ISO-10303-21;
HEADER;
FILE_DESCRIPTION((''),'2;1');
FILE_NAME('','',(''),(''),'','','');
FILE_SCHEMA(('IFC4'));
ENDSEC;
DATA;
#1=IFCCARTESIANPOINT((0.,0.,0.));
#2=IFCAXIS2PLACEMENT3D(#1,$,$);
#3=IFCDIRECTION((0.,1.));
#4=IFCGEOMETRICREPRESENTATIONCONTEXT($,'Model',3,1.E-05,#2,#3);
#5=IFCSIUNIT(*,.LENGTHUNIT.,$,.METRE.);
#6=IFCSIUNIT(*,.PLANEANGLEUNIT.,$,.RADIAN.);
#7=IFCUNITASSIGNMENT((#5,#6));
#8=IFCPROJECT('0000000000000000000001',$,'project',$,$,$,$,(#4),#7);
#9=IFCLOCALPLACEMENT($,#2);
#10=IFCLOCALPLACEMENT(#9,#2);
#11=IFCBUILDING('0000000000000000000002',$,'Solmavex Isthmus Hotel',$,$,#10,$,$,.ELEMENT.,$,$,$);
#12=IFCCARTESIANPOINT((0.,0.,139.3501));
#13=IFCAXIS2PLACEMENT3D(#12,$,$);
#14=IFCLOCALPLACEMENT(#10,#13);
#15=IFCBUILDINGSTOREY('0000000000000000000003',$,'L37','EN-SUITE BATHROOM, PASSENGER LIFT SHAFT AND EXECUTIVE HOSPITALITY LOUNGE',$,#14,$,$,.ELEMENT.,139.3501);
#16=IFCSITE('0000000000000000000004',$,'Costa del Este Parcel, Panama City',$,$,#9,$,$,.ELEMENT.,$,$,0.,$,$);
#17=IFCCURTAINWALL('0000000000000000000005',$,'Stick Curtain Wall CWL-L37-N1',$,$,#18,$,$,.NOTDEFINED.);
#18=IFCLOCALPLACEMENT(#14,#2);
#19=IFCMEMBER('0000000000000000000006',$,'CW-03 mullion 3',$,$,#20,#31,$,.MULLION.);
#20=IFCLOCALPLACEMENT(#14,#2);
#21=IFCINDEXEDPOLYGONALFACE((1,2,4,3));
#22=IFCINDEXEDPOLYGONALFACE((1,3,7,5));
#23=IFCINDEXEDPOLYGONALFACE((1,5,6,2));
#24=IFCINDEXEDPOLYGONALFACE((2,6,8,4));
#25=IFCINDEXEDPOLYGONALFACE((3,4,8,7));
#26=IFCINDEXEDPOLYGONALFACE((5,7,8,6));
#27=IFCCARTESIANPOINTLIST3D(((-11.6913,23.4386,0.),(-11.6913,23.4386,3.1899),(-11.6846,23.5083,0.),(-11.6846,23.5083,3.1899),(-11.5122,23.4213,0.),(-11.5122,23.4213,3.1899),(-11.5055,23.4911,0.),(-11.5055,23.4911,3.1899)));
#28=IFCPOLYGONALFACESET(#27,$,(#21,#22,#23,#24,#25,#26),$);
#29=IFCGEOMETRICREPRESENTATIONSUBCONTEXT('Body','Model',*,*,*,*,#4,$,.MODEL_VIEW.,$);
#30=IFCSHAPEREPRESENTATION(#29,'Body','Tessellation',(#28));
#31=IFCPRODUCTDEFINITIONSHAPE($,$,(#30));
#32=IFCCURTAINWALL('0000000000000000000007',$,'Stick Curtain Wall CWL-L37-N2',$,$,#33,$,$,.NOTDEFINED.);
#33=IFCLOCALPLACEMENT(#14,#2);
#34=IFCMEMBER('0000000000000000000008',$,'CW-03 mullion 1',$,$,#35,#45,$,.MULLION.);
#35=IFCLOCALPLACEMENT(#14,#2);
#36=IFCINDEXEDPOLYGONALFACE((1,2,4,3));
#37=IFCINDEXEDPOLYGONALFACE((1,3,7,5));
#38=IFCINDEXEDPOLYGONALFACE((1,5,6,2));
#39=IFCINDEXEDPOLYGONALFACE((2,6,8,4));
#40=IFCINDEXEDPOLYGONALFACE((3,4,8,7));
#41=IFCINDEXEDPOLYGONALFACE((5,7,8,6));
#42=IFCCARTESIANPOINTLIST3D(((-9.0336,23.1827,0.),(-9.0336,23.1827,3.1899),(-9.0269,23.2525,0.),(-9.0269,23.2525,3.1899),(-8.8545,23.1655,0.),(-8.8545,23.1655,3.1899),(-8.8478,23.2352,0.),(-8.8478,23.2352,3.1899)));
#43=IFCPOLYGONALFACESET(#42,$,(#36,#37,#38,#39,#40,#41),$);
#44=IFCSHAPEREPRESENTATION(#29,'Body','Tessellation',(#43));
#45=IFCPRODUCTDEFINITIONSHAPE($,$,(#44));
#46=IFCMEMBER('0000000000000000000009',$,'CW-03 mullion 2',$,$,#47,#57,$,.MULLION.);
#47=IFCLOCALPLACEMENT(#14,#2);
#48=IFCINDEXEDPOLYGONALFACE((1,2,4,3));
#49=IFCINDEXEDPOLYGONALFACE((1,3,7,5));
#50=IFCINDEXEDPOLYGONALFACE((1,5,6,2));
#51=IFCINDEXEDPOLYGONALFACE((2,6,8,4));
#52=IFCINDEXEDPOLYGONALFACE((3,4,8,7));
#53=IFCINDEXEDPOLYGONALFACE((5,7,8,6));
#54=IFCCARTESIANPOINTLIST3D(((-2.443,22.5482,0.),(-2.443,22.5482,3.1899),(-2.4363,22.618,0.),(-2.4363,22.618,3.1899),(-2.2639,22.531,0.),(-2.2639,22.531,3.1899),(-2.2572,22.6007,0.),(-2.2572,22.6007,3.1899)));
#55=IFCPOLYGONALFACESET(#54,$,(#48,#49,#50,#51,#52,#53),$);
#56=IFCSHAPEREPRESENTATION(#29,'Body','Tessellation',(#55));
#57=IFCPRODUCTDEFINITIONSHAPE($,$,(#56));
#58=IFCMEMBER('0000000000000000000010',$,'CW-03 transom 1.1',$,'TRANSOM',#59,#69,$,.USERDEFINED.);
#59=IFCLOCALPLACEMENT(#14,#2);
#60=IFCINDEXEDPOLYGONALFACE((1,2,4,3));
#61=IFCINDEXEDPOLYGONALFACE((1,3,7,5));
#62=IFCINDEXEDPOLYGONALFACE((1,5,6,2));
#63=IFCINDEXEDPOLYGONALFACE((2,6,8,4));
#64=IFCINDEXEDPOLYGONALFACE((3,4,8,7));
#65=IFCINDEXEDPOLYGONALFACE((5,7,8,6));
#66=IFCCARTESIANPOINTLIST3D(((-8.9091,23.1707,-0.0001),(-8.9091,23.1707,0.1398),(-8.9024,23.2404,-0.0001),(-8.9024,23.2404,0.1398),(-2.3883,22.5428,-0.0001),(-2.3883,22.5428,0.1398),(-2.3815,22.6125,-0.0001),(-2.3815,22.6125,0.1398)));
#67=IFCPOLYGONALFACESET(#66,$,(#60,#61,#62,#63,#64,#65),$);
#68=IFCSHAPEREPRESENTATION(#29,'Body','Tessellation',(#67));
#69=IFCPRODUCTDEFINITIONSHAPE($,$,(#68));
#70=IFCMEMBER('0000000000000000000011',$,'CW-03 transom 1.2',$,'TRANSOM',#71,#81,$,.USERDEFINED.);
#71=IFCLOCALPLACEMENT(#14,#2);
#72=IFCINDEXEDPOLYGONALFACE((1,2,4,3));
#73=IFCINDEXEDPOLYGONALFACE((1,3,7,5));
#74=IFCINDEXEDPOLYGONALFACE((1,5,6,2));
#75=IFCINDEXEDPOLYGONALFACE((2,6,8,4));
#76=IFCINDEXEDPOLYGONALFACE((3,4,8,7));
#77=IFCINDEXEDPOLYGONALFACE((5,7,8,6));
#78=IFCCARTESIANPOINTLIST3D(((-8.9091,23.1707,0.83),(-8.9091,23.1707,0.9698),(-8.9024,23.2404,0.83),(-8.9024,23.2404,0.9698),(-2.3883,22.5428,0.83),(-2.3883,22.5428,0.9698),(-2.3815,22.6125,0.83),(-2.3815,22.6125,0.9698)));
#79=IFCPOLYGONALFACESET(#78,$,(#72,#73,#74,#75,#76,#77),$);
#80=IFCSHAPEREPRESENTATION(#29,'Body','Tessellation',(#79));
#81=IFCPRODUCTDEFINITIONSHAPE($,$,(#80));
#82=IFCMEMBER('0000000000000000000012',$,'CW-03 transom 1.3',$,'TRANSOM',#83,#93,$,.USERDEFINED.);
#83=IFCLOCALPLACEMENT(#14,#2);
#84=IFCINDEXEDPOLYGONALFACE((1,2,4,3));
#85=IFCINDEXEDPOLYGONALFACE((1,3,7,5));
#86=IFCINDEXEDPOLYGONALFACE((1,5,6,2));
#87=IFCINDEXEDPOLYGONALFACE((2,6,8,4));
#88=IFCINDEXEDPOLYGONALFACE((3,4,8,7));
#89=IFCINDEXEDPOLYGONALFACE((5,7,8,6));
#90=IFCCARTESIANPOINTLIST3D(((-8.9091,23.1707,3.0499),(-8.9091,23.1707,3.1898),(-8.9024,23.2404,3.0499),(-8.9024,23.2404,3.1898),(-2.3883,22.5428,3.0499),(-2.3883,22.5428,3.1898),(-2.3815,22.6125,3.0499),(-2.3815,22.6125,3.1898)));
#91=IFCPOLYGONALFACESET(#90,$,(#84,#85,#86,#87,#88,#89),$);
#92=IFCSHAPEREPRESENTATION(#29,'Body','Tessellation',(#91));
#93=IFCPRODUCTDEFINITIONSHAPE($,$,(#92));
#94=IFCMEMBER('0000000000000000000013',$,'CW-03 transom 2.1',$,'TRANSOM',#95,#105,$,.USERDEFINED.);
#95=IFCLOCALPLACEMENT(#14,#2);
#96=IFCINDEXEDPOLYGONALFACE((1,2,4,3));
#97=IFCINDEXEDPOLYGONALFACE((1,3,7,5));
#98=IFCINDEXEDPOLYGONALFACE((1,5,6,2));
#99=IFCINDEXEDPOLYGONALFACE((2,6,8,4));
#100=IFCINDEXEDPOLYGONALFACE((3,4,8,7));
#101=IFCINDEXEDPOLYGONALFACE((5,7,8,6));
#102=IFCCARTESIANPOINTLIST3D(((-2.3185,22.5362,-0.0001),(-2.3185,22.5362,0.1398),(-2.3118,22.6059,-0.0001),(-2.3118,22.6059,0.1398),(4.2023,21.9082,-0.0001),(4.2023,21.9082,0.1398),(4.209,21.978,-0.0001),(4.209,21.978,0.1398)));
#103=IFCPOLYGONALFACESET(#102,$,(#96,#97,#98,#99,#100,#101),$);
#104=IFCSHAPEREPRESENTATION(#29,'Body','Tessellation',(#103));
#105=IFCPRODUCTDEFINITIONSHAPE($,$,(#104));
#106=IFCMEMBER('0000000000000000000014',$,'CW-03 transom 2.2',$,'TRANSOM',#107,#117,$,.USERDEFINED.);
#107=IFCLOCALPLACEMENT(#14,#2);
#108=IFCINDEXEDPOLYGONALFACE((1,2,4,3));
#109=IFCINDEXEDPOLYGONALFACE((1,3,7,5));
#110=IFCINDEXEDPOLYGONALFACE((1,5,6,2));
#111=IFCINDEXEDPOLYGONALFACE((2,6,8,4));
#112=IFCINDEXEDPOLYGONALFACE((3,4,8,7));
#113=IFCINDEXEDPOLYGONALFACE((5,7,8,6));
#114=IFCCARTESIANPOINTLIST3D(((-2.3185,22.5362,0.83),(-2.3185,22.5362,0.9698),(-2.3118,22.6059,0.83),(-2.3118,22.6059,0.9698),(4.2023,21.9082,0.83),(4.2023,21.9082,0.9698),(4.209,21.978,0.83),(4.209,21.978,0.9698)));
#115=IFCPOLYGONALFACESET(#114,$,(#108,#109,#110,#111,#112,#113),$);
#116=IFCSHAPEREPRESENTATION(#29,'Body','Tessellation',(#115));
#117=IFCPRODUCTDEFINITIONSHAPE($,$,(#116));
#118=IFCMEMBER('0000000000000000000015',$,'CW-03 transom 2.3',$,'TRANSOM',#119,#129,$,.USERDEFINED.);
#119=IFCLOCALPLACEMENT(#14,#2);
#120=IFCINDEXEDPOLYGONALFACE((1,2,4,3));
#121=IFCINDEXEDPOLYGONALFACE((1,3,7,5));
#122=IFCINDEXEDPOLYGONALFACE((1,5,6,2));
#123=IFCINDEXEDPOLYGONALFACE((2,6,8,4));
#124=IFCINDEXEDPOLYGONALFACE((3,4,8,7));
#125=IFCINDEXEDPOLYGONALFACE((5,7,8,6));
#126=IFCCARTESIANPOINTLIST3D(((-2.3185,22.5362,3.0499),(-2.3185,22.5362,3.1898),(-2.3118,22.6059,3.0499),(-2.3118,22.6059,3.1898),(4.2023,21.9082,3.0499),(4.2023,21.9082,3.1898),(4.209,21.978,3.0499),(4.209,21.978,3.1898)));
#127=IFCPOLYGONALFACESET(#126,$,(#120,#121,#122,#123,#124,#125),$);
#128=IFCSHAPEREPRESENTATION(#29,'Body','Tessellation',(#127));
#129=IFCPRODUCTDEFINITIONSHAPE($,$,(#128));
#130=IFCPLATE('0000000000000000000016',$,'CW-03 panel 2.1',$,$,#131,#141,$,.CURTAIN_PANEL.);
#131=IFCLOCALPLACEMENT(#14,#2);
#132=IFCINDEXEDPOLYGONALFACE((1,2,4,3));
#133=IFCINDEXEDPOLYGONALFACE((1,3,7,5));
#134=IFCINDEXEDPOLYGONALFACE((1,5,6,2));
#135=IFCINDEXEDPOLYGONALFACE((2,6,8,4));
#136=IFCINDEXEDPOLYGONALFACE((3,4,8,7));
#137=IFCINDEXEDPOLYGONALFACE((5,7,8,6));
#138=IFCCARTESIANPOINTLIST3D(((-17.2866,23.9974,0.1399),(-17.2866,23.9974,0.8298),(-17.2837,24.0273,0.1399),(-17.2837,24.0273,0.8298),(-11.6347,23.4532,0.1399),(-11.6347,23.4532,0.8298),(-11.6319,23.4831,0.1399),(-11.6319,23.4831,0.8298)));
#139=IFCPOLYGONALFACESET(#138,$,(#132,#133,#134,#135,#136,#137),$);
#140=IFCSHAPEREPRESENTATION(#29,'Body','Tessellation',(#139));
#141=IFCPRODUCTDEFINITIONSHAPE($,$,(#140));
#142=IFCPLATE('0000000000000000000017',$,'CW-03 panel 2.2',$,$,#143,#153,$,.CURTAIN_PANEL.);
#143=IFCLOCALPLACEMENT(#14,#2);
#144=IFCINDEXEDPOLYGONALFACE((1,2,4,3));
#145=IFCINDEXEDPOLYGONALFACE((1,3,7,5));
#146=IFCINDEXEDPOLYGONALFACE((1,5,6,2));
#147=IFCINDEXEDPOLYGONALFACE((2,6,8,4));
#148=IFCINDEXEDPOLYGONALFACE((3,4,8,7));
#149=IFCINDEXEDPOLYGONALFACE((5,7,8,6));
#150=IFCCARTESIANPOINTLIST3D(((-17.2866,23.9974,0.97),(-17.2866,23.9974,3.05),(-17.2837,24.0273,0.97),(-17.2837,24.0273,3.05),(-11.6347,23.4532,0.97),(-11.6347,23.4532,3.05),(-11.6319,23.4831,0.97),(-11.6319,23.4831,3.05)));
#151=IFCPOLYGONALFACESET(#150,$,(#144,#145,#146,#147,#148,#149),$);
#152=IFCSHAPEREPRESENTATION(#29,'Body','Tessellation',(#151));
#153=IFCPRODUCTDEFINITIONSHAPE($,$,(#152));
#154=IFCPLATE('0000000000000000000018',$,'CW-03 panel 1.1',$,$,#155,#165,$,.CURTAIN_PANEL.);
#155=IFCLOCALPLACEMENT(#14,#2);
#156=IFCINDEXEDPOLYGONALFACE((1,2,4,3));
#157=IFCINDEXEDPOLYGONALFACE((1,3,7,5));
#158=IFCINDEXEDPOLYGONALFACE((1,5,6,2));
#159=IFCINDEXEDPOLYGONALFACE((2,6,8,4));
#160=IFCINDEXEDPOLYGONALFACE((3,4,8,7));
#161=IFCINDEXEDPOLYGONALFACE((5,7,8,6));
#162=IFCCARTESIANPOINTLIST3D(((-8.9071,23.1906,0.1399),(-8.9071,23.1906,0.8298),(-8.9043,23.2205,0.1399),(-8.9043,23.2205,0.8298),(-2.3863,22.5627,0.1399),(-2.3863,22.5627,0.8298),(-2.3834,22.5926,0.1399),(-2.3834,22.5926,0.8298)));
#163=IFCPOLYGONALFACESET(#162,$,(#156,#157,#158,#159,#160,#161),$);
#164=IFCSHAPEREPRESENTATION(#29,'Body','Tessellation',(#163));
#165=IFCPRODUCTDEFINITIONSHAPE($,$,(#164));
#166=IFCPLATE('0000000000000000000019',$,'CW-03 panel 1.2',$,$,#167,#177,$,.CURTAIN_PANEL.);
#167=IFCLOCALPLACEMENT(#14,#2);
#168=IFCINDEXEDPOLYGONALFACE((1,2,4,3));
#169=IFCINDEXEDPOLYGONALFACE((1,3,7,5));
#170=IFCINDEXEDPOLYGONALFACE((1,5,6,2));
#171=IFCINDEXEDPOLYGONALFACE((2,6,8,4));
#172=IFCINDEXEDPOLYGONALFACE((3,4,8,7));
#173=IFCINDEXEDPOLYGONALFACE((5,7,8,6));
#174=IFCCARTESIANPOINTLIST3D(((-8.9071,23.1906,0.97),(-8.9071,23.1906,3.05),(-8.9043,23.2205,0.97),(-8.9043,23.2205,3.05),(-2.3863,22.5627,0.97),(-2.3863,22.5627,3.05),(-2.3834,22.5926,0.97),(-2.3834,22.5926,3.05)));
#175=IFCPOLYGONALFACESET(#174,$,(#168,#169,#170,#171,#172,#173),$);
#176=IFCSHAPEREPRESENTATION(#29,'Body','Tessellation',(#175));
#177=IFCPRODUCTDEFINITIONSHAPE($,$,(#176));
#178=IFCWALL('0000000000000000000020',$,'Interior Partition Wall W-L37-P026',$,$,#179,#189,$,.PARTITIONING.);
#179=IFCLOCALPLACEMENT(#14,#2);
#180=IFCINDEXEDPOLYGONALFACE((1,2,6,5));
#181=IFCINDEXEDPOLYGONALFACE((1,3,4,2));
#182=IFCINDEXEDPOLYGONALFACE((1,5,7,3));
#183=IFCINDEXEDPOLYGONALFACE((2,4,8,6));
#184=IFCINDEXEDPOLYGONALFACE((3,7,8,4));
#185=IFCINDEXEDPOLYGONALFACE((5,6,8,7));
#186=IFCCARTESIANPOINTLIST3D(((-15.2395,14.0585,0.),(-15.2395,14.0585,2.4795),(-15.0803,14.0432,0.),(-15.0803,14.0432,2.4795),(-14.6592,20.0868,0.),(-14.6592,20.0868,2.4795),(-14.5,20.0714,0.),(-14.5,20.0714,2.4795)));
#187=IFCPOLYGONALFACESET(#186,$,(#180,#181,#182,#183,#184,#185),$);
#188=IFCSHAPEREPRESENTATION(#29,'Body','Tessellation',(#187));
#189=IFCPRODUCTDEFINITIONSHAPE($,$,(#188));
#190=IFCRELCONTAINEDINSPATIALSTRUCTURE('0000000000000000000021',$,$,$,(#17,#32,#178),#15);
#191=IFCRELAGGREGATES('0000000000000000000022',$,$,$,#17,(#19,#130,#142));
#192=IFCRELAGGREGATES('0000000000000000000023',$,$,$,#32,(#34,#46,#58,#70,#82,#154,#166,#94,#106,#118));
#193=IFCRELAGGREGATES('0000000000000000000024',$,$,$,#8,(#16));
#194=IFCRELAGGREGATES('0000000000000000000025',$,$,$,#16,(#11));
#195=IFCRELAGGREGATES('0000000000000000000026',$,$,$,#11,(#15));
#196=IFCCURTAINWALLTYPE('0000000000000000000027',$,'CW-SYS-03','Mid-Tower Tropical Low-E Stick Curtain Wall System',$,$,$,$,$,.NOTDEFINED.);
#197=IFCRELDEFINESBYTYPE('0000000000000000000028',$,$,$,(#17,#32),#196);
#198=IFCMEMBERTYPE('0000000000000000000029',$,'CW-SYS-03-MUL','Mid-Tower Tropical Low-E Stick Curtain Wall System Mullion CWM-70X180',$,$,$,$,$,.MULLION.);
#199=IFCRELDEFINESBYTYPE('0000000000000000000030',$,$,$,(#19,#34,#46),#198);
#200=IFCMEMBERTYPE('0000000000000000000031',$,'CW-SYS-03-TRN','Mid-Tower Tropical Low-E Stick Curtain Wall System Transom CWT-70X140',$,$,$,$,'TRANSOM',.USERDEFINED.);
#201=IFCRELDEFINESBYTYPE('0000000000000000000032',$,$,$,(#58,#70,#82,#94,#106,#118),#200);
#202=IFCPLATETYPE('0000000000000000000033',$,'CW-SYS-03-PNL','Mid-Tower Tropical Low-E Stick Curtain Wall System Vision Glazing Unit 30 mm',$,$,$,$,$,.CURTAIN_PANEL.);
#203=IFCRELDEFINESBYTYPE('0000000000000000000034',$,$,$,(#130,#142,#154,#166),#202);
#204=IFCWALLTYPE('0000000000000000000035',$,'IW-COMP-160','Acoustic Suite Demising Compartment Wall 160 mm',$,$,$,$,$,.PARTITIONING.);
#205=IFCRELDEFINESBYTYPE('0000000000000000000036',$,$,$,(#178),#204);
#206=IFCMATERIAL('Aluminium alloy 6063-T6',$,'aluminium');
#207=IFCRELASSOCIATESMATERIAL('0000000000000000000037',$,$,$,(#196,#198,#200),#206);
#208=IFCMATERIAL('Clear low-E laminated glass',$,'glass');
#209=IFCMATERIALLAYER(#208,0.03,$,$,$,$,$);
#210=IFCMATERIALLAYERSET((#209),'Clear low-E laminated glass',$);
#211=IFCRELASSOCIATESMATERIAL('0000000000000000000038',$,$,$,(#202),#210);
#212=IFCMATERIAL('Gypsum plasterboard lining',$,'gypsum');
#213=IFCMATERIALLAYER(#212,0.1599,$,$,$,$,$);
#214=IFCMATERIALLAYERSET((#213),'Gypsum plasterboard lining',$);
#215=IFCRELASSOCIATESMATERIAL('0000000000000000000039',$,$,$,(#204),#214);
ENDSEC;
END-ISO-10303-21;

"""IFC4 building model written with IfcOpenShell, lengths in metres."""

from ifc_helpers import new_model, si_unit, direction, frame, frame_2d, origin, origin_2d, place, context, subcontext, project, spatial, rectangle, extrude, material, layer, layer_set, material_profile, profile_set, type_object, element, aggregate, save


model = new_model("IFC4")

# Units and contexts
model_context = context("Model", 3, precision=1e-05, world=origin(), true_north=direction((0.0, 1.0)))
body_context = subcontext(model_context, "Body", "Model", "MODEL_VIEW")
ifc_project = project(units=[si_unit("LENGTHUNIT", "METRE"), si_unit("PLANEANGLEUNIT", "RADIAN")], contexts=[model_context])

# Site, building, storey
site_placement = place(None, origin())
site = spatial("IfcSite", under=ifc_project, at=site_placement, Name="Costa del Este Parcel, Panama City", CompositionType="ELEMENT", RefElevation=0.0)
building_placement = place(site_placement, origin())
building = spatial("IfcBuilding", under=site, at=building_placement, Name="Solmavex Isthmus Hotel", CompositionType="ELEMENT")
storey_placement = place(building_placement, frame((0.0, 0.0, 139.3501)))
storey = spatial("IfcBuildingStorey", under=building, at=storey_placement, Name="L37", Description="EN-SUITE BATHROOM, PASSENGER LIFT SHAFT AND EXECUTIVE HOSPITALITY LOUNGE", CompositionType="ELEMENT", Elevation=139.3501)

# Curtain wall, member
ifc_material_1 = material(Name="Aluminium alloy 6063-T6", Category="aluminium")
curtain_wall_type = type_object("IfcCurtainWallType", Name="CW-SYS-03", Description="Mid-Tower Tropical Low-E Stick Curtain Wall System", PredefinedType="NOTDEFINED", material=ifc_material_1)
curtain_wall_1_placement = place(storey_placement, origin())
curtain_wall_1 = element("IfcCurtainWall", 1, at=curtain_wall_1_placement, inside=storey, type_object=curtain_wall_type, Name="Stick Curtain Wall CWL-L37-N1", PredefinedType="NOTDEFINED")
ifc_material_profile_1 = material_profile(ifc_material_1, rectangle(XDim=0.0701, YDim=0.1799, at=origin_2d()), Name="CWM-70X180")
ifc_profile_set_1 = profile_set([ifc_material_profile_1], Name="Aluminium alloy 6063-T6")
member_type_1 = type_object("IfcMemberType", Name="CW-SYS-03-MUL", Description="Mid-Tower Tropical Low-E Stick Curtain Wall System Mullion CWM-70X180", PredefinedType="MULLION", material=ifc_profile_set_1)
member_1_placement = place(storey_placement, frame((-11.5984, 23.4648, 0.0), z_axis=(0.0, 0.0, 1.0), x_axis=(0.095846, 0.995396, 0.0)))
member_1 = element("IfcMember", 2, at=member_1_placement, type_object=member_type_1, Name="CW-03 mullion 3", PredefinedType="MULLION", context=body_context, shape_type="SweptSolid", body=[
    extrude(rectangle(XDim=0.0701, YDim=0.1799, at=origin_2d()), origin(), (0.0, 0.0, 1.0), 3.1899),
])

# Curtain wall, members
curtain_wall_2_placement = place(storey_placement, origin())
curtain_wall_2 = element("IfcCurtainWall", 3, at=curtain_wall_2_placement, inside=storey, type_object=curtain_wall_type, Name="Stick Curtain Wall CWL-L37-N2", PredefinedType="NOTDEFINED")
member_2_placement = place(storey_placement, frame((-8.9407, 23.209, 0.0), z_axis=(0.0, 0.0, 1.0), x_axis=(0.095845, 0.995396, 0.0)))
member_2 = element("IfcMember", 4, at=member_2_placement, type_object=member_type_1, Name="CW-03 mullion 1", PredefinedType="MULLION", context=body_context, shape_type="SweptSolid", body=[
    extrude(rectangle(XDim=0.0701, YDim=0.1799, at=origin_2d()), origin(), (0.0, 0.0, 1.0), 3.1899),
])
member_3_placement = place(storey_placement, frame((-2.3501, 22.5745, 0.0), z_axis=(0.0, 0.0, 1.0), x_axis=(0.095845, 0.995396, 0.0)))
member_3 = element("IfcMember", 5, at=member_3_placement, type_object=member_type_1, Name="CW-03 mullion 2", PredefinedType="MULLION", context=body_context, shape_type="SweptSolid", body=[
    extrude(rectangle(XDim=0.0701, YDim=0.1799, at=origin_2d()), origin(), (0.0, 0.0, 1.0), 3.1899),
])
ifc_material_profile_2 = material_profile(ifc_material_1, rectangle(XDim=0.0701, YDim=0.1399, at=origin_2d()), Name="CWT-70X140")
ifc_profile_set_2 = profile_set([ifc_material_profile_2], Name="Aluminium alloy 6063-T6")
member_type_2 = type_object("IfcMemberType", Name="CW-SYS-03-TRN", Description="Mid-Tower Tropical Low-E Stick Curtain Wall System Transom CWT-70X140", ElementType="TRANSOM", PredefinedType="USERDEFINED", material=ifc_profile_set_2)
member_4_placement = place(storey_placement, frame((-8.9058, 23.2056, 0.0698), z_axis=(0.995395, -0.095854, 0.0), x_axis=(0.095854, 0.995395, 0.0)))
member_4 = element("IfcMember", 6, at=member_4_placement, type_object=member_type_2, Name="CW-03 transom 1.1", ObjectType="TRANSOM", PredefinedType="USERDEFINED", context=body_context, shape_type="SweptSolid", body=[
    extrude(rectangle(XDim=0.0701, YDim=0.1399, at=origin_2d()), origin(), (0.0, 0.0, 1.0), 6.551),
])
member_5_placement = place(storey_placement, frame((-8.9058, 23.2056, 0.8999), z_axis=(0.995395, -0.095854, 0.0), x_axis=(0.095854, 0.995395, 0.0)))
member_5 = element("IfcMember", 7, at=member_5_placement, type_object=member_type_2, Name="CW-03 transom 1.2", ObjectType="TRANSOM", PredefinedType="USERDEFINED", context=body_context, shape_type="SweptSolid", body=[
    extrude(rectangle(XDim=0.0701, YDim=0.1399, at=origin_2d()), origin(), (0.0, 0.0, 1.0), 6.551),
])
member_6_placement = place(storey_placement, frame((-8.9058, 23.2056, 3.1199), z_axis=(0.995395, -0.095854, 0.0), x_axis=(0.095854, 0.995395, 0.0)))
member_6 = element("IfcMember", 8, at=member_6_placement, type_object=member_type_2, Name="CW-03 transom 1.3", ObjectType="TRANSOM", PredefinedType="USERDEFINED", context=body_context, shape_type="SweptSolid", body=[
    extrude(rectangle(XDim=0.0701, YDim=0.1399, at=origin_2d()), origin(), (0.0, 0.0, 1.0), 6.551),
])
member_7_placement = place(storey_placement, frame((-2.3152, 22.571, 0.0698), z_axis=(0.995395, -0.095854, 0.0), x_axis=(0.095854, 0.995395, 0.0)))
member_7 = element("IfcMember", 9, at=member_7_placement, type_object=member_type_2, Name="CW-03 transom 2.1", ObjectType="TRANSOM", PredefinedType="USERDEFINED", context=body_context, shape_type="SweptSolid", body=[
    extrude(rectangle(XDim=0.0701, YDim=0.1399, at=origin_2d()), origin(), (0.0, 0.0, 1.0), 6.551),
])
member_8_placement = place(storey_placement, frame((-2.3152, 22.571, 0.8999), z_axis=(0.995395, -0.095854, 0.0), x_axis=(0.095854, 0.995395, 0.0)))
member_8 = element("IfcMember", 10, at=member_8_placement, type_object=member_type_2, Name="CW-03 transom 2.2", ObjectType="TRANSOM", PredefinedType="USERDEFINED", context=body_context, shape_type="SweptSolid", body=[
    extrude(rectangle(XDim=0.0701, YDim=0.1399, at=origin_2d()), origin(), (0.0, 0.0, 1.0), 6.551),
])
member_9_placement = place(storey_placement, frame((-2.3152, 22.571, 3.1199), z_axis=(0.995395, -0.095854, 0.0), x_axis=(0.095854, 0.995395, 0.0)))
member_9 = element("IfcMember", 11, at=member_9_placement, type_object=member_type_2, Name="CW-03 transom 2.3", ObjectType="TRANSOM", PredefinedType="USERDEFINED", context=body_context, shape_type="SweptSolid", body=[
    extrude(rectangle(XDim=0.0701, YDim=0.1399, at=origin_2d()), origin(), (0.0, 0.0, 1.0), 6.551),
])

# Plates
ifc_material_2 = material(Name="Clear low-E laminated glass", Category="glass")
ifc_layer_1 = layer(ifc_material_2, 0.03)
ifc_layer_set_1 = layer_set([ifc_layer_1], Name="Clear low-E laminated glass")
plate_type = type_object("IfcPlateType", Name="CW-SYS-03-PNL", Description="Mid-Tower Tropical Low-E Stick Curtain Wall System Vision Glazing Unit 30 mm", PredefinedType="CURTAIN_PANEL", material=ifc_layer_set_1)
plate_1_placement = place(storey_placement, frame((-14.4592, 23.7402, 0.1399), z_axis=(0.0, 0.0, 1.0), x_axis=(0.995396, -0.095846, 0.0)))
plate_1 = element("IfcPlate", 12, at=plate_1_placement, type_object=plate_type, Name="CW-03 panel 2.1", PredefinedType="CURTAIN_PANEL", context=body_context, shape_type="SweptSolid", body=[
    extrude(rectangle(XDim=5.678, YDim=0.03, at=origin_2d()), origin(), (0.0, 0.0, 1.0), 0.6899),
])
plate_2_placement = place(storey_placement, frame((-14.4592, 23.7402, 0.97), z_axis=(0.0, 0.0, 1.0), x_axis=(0.995396, -0.095846, 0.0)))
plate_2 = element("IfcPlate", 13, at=plate_2_placement, type_object=plate_type, Name="CW-03 panel 2.2", PredefinedType="CURTAIN_PANEL", context=body_context, shape_type="SweptSolid", body=[
    extrude(rectangle(XDim=5.678, YDim=0.03, at=origin_2d()), origin(), (0.0, 0.0, 1.0), 2.0801),
])
aggregate(curtain_wall_1, [member_1, plate_1, plate_2])
plate_3_placement = place(storey_placement, frame((-5.6453, 22.8916, 0.1399), z_axis=(0.0, 0.0, 1.0), x_axis=(0.995396, -0.095845, 0.0)))
plate_3 = element("IfcPlate", 14, at=plate_3_placement, type_object=plate_type, Name="CW-03 panel 1.1", PredefinedType="CURTAIN_PANEL", context=body_context, shape_type="SweptSolid", body=[
    extrude(rectangle(XDim=6.551, YDim=0.03, at=origin_2d()), origin(), (0.0, 0.0, 1.0), 0.6899),
])
plate_4_placement = place(storey_placement, frame((-5.6453, 22.8916, 0.97), z_axis=(0.0, 0.0, 1.0), x_axis=(0.995396, -0.095845, 0.0)))
plate_4 = element("IfcPlate", 15, at=plate_4_placement, type_object=plate_type, Name="CW-03 panel 1.2", PredefinedType="CURTAIN_PANEL", context=body_context, shape_type="SweptSolid", body=[
    extrude(rectangle(XDim=6.551, YDim=0.03, at=origin_2d()), origin(), (0.0, 0.0, 1.0), 2.0801),
])
aggregate(curtain_wall_2, [member_2, member_3, member_4, member_5, member_6, plate_3, plate_4, member_7, member_8, member_9])

# Wall
ifc_material_3 = material(Name="Gypsum plasterboard lining", Category="gypsum")
ifc_layer_2 = layer(ifc_material_3, 0.1599)
ifc_layer_set_2 = layer_set([ifc_layer_2], Name="Gypsum plasterboard lining")
wall_type_1 = type_object("IfcWallType", Name="IW-COMP-160", Description="Acoustic Suite Demising Compartment Wall 160 mm", PredefinedType="PARTITIONING", material=ifc_layer_set_2)
wall_1_placement = place(storey_placement, frame((-14.5796, 20.0791, 0.0), z_axis=(0.0, 0.0, 1.0), x_axis=(-0.095823, -0.995398, 0.0)))
element("IfcWall", 16, at=wall_1_placement, inside=storey, type_object=wall_type_1, Name="Interior Partition Wall W-L37-P026", PredefinedType="PARTITIONING", context=body_context, shape_type="SweptSolid", body=[
    extrude(rectangle(XDim=6.0562, YDim=0.1599, at=frame_2d((3.0281, 0.0))), origin(), (0.0, 0.0, 1.0), 2.4795),
])

save(model, "model.ifc")
